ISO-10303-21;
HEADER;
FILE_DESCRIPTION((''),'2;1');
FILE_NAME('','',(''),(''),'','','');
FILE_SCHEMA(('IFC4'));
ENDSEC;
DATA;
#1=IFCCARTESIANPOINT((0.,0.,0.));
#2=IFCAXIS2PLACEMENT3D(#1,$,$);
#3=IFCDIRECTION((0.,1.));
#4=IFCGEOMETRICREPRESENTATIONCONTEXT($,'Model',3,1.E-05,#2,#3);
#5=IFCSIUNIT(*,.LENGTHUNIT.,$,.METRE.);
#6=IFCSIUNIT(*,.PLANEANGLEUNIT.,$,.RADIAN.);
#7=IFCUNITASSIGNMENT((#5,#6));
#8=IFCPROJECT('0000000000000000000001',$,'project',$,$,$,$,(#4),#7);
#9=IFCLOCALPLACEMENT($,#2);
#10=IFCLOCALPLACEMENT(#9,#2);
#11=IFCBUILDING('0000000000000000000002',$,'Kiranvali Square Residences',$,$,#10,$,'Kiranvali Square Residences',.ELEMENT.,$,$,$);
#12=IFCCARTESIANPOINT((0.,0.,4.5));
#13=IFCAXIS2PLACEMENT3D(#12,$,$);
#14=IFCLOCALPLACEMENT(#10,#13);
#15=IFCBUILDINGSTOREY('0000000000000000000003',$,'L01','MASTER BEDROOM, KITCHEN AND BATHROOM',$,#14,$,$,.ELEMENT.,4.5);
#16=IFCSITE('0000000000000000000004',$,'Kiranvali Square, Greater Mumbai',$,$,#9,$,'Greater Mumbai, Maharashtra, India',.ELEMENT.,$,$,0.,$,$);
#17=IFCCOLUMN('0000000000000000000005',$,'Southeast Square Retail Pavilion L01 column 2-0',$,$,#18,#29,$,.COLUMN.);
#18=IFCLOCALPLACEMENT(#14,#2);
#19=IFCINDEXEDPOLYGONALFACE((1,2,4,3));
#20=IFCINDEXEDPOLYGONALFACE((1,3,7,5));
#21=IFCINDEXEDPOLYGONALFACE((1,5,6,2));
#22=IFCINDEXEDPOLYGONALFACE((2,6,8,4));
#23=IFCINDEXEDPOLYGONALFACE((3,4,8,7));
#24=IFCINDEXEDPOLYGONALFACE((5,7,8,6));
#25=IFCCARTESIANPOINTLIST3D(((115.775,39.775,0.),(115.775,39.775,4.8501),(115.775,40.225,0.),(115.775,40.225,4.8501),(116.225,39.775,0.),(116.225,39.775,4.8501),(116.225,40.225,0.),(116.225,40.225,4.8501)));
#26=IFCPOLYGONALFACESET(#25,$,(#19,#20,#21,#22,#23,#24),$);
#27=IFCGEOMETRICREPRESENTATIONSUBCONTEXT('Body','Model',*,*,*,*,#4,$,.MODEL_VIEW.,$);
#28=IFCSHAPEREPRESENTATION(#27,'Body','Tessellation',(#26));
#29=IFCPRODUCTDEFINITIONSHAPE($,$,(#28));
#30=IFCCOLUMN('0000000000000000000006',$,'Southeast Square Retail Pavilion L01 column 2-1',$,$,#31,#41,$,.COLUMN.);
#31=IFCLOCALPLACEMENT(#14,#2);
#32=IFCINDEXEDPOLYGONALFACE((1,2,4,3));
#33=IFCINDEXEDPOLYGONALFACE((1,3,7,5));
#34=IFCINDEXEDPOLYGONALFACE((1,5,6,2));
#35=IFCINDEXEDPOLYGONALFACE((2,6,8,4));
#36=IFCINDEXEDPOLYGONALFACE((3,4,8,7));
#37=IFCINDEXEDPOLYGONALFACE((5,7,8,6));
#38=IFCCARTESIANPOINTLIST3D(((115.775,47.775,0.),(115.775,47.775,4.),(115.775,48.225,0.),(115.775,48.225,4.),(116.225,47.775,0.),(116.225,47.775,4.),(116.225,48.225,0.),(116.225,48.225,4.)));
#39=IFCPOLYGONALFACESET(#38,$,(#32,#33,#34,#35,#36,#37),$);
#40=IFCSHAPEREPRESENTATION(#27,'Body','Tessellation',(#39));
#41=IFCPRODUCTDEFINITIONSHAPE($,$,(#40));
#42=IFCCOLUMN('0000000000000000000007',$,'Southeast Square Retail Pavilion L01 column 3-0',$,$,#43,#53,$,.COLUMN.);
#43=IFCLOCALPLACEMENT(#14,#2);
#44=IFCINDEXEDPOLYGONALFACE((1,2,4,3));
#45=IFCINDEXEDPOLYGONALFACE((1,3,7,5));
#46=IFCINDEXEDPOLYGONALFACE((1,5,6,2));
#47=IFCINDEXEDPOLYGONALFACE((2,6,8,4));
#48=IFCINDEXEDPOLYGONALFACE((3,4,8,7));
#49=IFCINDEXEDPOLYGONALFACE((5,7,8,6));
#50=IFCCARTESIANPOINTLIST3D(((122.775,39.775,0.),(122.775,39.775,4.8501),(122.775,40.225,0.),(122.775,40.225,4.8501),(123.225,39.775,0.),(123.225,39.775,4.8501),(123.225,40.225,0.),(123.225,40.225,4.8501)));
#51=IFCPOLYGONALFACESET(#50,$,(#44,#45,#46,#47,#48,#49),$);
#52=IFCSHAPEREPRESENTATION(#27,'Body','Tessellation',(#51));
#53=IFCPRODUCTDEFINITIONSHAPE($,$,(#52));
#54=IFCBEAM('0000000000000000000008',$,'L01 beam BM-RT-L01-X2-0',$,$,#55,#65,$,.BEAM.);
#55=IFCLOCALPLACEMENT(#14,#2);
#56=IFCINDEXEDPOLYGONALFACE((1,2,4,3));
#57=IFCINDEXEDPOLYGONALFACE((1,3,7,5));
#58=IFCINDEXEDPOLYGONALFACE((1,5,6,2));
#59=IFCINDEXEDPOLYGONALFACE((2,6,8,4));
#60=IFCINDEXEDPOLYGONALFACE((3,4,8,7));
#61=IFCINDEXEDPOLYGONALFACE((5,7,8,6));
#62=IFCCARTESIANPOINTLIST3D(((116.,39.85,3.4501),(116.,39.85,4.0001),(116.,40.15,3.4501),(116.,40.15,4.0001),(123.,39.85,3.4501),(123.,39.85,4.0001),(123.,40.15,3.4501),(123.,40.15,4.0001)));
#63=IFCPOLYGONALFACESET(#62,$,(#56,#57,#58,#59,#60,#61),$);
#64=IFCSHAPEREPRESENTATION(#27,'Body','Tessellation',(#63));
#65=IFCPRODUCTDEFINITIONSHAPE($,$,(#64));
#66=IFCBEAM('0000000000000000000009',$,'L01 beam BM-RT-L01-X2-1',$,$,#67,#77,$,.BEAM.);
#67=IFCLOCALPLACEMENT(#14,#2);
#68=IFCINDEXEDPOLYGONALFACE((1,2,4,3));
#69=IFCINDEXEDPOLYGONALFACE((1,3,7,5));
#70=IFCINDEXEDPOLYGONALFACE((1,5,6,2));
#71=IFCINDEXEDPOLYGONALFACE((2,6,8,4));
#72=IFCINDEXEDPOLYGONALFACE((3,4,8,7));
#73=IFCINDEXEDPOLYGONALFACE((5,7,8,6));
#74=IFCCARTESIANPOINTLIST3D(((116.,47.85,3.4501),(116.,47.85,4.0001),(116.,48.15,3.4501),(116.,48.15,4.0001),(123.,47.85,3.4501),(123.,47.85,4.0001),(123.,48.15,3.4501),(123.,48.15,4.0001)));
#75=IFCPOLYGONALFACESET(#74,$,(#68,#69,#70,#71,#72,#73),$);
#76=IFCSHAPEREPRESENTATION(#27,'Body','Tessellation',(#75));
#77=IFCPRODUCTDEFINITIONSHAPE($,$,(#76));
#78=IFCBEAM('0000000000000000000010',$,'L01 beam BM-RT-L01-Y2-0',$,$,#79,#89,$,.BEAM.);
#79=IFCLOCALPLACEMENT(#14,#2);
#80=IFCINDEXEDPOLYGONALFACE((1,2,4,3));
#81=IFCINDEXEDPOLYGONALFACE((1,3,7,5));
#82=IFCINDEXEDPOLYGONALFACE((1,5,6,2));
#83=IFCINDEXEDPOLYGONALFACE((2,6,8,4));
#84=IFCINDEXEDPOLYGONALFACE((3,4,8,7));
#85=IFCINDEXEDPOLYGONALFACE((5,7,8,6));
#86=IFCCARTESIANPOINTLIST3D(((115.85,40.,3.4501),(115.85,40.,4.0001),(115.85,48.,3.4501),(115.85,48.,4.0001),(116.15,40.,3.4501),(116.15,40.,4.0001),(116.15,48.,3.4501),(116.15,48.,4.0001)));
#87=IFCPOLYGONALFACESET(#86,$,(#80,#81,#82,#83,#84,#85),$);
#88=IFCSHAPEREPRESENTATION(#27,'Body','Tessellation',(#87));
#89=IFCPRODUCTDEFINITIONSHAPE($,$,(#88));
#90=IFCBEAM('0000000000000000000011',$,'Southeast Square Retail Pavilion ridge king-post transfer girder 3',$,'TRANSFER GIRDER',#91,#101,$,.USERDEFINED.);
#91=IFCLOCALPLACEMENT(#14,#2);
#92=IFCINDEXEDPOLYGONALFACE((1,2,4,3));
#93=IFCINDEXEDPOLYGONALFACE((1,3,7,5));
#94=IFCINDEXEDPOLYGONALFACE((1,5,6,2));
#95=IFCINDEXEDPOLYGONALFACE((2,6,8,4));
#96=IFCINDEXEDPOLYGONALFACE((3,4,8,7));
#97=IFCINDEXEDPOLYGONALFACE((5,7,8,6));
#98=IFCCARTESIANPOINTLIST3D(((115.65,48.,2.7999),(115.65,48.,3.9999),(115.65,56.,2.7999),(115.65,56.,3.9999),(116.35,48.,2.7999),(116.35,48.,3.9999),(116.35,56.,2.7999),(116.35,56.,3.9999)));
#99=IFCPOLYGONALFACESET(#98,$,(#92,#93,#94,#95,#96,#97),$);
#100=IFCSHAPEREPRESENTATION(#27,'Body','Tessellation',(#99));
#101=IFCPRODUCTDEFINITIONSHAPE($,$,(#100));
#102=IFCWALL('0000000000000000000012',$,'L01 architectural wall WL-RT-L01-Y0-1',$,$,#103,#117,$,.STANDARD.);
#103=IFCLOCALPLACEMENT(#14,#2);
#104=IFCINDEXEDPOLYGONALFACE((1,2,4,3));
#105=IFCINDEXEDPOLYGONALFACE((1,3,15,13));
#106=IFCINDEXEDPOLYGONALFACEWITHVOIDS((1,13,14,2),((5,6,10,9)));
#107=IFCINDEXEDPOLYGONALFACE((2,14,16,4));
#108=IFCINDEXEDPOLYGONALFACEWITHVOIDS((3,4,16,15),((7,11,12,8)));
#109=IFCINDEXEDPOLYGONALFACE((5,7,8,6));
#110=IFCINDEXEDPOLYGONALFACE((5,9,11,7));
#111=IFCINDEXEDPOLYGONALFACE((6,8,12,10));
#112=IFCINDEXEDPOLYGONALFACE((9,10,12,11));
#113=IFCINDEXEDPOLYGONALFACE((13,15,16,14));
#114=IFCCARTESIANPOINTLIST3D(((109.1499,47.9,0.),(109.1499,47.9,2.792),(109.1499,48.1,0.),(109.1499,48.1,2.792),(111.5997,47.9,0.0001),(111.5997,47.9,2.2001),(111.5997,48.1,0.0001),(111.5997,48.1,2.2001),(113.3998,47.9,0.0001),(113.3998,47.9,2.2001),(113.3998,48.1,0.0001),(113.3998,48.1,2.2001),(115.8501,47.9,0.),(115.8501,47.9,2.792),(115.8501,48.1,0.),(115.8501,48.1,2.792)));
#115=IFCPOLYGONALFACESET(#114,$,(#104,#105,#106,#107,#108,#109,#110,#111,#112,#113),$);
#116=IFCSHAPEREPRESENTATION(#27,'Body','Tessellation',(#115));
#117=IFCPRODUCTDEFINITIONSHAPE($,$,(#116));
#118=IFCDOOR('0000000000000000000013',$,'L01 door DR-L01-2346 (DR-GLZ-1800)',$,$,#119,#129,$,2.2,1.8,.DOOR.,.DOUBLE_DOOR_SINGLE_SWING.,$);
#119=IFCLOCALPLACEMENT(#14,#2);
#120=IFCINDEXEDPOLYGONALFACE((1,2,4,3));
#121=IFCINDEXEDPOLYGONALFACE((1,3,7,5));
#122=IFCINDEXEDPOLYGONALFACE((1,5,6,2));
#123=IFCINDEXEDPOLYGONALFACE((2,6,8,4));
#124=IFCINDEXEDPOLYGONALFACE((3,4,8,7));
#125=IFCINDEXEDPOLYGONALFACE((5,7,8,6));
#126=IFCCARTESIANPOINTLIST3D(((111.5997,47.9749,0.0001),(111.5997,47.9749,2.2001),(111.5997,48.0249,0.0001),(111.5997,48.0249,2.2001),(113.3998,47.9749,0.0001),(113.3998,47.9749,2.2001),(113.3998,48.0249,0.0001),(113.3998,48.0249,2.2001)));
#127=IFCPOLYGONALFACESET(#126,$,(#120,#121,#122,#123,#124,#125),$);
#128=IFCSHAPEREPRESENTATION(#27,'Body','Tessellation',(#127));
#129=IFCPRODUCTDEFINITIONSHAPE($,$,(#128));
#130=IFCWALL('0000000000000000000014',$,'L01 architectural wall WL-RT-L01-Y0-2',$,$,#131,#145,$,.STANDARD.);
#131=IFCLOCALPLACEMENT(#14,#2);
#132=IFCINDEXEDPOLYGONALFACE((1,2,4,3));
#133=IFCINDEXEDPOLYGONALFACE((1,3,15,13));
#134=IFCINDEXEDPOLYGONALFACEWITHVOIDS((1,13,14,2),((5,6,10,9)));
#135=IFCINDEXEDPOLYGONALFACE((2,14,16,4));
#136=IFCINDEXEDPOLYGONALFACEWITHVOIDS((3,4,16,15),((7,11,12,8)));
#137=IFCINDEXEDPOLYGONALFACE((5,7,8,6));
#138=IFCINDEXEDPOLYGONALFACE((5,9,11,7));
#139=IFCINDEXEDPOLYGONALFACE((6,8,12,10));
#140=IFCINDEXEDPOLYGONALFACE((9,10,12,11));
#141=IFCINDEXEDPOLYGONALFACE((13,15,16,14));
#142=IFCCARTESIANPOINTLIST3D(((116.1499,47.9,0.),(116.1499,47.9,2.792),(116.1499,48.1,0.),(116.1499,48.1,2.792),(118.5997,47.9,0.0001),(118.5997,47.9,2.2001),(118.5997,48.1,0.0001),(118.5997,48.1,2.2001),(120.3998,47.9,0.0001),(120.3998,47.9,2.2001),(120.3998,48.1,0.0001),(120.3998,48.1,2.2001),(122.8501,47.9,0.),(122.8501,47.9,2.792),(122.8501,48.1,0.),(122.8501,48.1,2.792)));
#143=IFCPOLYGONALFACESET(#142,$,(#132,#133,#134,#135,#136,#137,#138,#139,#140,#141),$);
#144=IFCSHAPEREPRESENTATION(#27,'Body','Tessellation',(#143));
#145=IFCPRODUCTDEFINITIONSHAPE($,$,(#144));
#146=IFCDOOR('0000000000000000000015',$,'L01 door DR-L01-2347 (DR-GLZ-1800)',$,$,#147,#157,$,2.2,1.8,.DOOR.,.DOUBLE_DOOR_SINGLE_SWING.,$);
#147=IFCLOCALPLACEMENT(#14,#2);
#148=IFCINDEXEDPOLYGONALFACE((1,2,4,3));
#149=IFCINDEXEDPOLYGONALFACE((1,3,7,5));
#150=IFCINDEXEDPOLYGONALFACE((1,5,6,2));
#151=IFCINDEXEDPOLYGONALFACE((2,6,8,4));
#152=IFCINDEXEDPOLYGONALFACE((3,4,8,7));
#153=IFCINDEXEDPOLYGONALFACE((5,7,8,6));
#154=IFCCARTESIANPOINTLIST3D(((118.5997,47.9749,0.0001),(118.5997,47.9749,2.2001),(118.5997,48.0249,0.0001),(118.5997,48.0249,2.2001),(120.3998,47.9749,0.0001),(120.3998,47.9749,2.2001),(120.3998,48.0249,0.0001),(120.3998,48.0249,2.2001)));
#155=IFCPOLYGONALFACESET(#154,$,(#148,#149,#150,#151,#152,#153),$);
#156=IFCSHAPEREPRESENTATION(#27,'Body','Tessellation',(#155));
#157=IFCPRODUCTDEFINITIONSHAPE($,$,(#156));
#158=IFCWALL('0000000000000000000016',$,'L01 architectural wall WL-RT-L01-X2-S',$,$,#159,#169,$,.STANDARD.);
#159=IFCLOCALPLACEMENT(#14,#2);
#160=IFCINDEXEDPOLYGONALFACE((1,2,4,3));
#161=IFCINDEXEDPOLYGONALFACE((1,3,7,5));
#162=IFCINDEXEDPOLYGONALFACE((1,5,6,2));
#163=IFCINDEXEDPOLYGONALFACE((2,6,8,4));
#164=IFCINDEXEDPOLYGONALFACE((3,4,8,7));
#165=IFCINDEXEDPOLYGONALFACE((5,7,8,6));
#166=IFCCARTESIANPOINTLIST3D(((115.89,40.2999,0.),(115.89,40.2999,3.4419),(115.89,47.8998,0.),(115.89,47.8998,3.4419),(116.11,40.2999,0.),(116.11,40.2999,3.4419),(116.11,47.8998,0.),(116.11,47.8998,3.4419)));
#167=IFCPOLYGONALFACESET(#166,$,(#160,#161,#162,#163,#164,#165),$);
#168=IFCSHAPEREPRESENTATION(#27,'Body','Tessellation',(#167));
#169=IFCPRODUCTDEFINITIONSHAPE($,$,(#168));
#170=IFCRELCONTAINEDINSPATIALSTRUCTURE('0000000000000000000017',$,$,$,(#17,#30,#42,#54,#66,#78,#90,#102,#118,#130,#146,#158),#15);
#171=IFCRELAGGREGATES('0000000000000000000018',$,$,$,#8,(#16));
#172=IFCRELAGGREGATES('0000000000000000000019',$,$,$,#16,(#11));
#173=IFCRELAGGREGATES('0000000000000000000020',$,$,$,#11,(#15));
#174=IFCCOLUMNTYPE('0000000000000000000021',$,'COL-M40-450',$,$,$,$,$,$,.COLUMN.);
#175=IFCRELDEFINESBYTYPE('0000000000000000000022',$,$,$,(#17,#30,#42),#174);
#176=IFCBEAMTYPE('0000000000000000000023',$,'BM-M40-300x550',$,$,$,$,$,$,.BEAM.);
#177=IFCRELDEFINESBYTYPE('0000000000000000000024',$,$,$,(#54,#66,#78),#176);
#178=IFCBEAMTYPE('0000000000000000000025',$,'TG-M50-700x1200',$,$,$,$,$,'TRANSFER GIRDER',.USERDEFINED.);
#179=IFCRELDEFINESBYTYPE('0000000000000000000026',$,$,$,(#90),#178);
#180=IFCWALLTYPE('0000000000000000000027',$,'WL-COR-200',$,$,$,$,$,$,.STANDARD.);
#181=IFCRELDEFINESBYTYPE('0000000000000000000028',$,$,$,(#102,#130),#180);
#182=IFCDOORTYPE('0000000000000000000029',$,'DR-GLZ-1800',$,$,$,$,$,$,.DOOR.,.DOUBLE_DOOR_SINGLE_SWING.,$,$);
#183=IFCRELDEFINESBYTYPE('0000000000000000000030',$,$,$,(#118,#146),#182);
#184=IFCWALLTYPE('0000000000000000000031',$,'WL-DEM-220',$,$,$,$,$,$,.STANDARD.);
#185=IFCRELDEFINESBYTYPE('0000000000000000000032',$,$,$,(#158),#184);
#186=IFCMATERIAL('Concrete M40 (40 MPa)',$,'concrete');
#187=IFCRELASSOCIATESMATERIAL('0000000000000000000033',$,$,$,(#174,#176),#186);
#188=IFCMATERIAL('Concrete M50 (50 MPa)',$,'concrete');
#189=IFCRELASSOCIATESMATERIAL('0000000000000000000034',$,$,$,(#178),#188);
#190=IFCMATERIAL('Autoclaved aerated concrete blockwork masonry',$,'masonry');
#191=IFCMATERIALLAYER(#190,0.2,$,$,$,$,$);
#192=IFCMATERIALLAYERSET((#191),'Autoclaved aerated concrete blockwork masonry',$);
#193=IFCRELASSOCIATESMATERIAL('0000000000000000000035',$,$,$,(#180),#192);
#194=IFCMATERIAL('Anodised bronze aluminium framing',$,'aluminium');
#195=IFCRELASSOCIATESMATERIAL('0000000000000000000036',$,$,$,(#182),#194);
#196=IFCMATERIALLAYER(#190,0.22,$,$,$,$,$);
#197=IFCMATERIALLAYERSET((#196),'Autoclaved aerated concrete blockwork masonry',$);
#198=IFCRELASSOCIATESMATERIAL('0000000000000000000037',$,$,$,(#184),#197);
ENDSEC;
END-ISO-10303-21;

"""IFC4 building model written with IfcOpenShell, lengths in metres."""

from ifc_helpers import new_model, si_unit, direction, frame, frame_2d, origin, origin_2d, place, context, subcontext, project, spatial, rectangle, extrude, material, layer, layer_set, material_profile, profile_set, type_object, element, fill, save


model = new_model("IFC4")

# Units and contexts
model_context = context("Model", 3, precision=1e-05, world=origin(), true_north=direction((0.0, 1.0)))
body_context = subcontext(model_context, "Body", "Model", "MODEL_VIEW")
ifc_project = project(units=[si_unit("LENGTHUNIT", "METRE"), si_unit("PLANEANGLEUNIT", "RADIAN")], contexts=[model_context])

# Site, building, storey
site_placement = place(None, origin())
site = spatial("IfcSite", under=ifc_project, at=site_placement, Name="Kiranvali Square, Greater Mumbai", LongName="Greater Mumbai, Maharashtra, India", CompositionType="ELEMENT", RefElevation=0.0)
building_placement = place(site_placement, origin())
building = spatial("IfcBuilding", under=site, at=building_placement, Name="Kiranvali Square Residences", LongName="Kiranvali Square Residences", CompositionType="ELEMENT")
storey_placement = place(building_placement, frame((0.0, 0.0, 4.5)))
storey = spatial("IfcBuildingStorey", under=building, at=storey_placement, Name="L01", Description="MASTER BEDROOM, KITCHEN AND BATHROOM", CompositionType="ELEMENT", Elevation=4.5)

# Columns
ifc_material_1 = material(Name="Concrete M40 (40 MPa)", Category="concrete")
ifc_material_profile_1 = material_profile(ifc_material_1, rectangle(XDim=0.45, YDim=0.45, at=origin_2d()), Name="RC 450x450")
ifc_profile_set_1 = profile_set([ifc_material_profile_1], Name="Concrete M40 (40 MPa)")
column_type = type_object("IfcColumnType", Name="COL-M40-450", PredefinedType="COLUMN", material=ifc_profile_set_1)
column_1_placement = place(storey_placement, frame((116.0, 40.0, 0.0), z_axis=(0.0, 0.0, 1.0), x_axis=(1.0, 0.0, 0.0)))
element("IfcColumn", 1, at=column_1_placement, inside=storey, type_object=column_type, Name="Southeast Square Retail Pavilion L01 column 2-0", PredefinedType="COLUMN", context=body_context, shape_type="SweptSolid", body=[
    extrude(rectangle(XDim=0.45, YDim=0.45, at=origin_2d()), origin(), (0.0, 0.0, 1.0), 4.8501),
])
column_2_placement = place(storey_placement, frame((116.0, 48.0, 0.0), z_axis=(0.0, 0.0, 1.0), x_axis=(1.0, 0.0, 0.0)))
element("IfcColumn", 2, at=column_2_placement, inside=storey, type_object=column_type, Name="Southeast Square Retail Pavilion L01 column 2-1", PredefinedType="COLUMN", context=body_context, shape_type="SweptSolid", body=[
    extrude(rectangle(XDim=0.45, YDim=0.45, at=origin_2d()), origin(), (0.0, 0.0, 1.0), 4.0),
])
column_3_placement = place(storey_placement, frame((123.0, 40.0, 0.0), z_axis=(0.0, 0.0, 1.0), x_axis=(1.0, 0.0, 0.0)))
element("IfcColumn", 3, at=column_3_placement, inside=storey, type_object=column_type, Name="Southeast Square Retail Pavilion L01 column 3-0", PredefinedType="COLUMN", context=body_context, shape_type="SweptSolid", body=[
    extrude(rectangle(XDim=0.45, YDim=0.45, at=origin_2d()), origin(), (0.0, 0.0, 1.0), 4.8501),
])

# Beams
ifc_material_profile_2 = material_profile(ifc_material_1, rectangle(XDim=0.3, YDim=0.55, at=origin_2d()), Name="RC 300x550")
ifc_profile_set_2 = profile_set([ifc_material_profile_2], Name="Concrete M40 (40 MPa)")
beam_type_1 = type_object("IfcBeamType", Name="BM-M40-300x550", PredefinedType="BEAM", material=ifc_profile_set_2)
for number, where, z_axis, x_axis, name in (
    (4, (116.0, 40.0, 3.7251), (1.0, 0.0, 0.0), (0.0, 1.0, 0.0), "L01 beam BM-RT-L01-X2-0"),
    (5, (116.0, 48.0, 3.7251), (1.0, 0.0, 0.0), (0.0, 1.0, 0.0), "L01 beam BM-RT-L01-X2-1"),
):
    element("IfcBeam", number, at=place(storey_placement, frame(where, z_axis=z_axis, x_axis=x_axis)), inside=storey, type_object=beam_type_1, Name=name, PredefinedType="BEAM", context=body_context, shape_type="SweptSolid", body=[
        extrude(rectangle(XDim=0.3, YDim=0.55, at=origin_2d()), origin(), (0.0, 0.0, 1.0), 7.0),
    ])
beam_1_placement = place(storey_placement, frame((116.0, 40.0, 3.7251), z_axis=(0.0, 1.0, 0.0), x_axis=(-1.0, 0.0, 0.0)))
element("IfcBeam", 6, at=beam_1_placement, inside=storey, type_object=beam_type_1, Name="L01 beam BM-RT-L01-Y2-0", PredefinedType="BEAM", context=body_context, shape_type="SweptSolid", body=[
    extrude(rectangle(XDim=0.3, YDim=0.55, at=origin_2d()), origin(), (0.0, 0.0, 1.0), 8.0),
])
ifc_material_2 = material(Name="Concrete M50 (50 MPa)", Category="concrete")
ifc_material_profile_3 = material_profile(ifc_material_2, rectangle(XDim=0.7, YDim=1.2, at=origin_2d()), Name="RC 700x1200")
ifc_profile_set_3 = profile_set([ifc_material_profile_3], Name="Concrete M50 (50 MPa)")
beam_type_2 = type_object("IfcBeamType", Name="TG-M50-700x1200", ElementType="TRANSFER GIRDER", PredefinedType="USERDEFINED", material=ifc_profile_set_3)
beam_2_placement = place(storey_placement, frame((116.0, 48.0, 3.3999), z_axis=(0.0, 1.0, 0.0), x_axis=(-1.0, 0.0, 0.0)))
element("IfcBeam", 7, at=beam_2_placement, inside=storey, type_object=beam_type_2, Name="Southeast Square Retail Pavilion ridge king-post transfer girder 3", ObjectType="TRANSFER GIRDER", PredefinedType="USERDEFINED", context=body_context, shape_type="SweptSolid", body=[
    extrude(rectangle(XDim=0.7, YDim=1.2, at=origin_2d()), origin(), (0.0, 0.0, 1.0), 8.0),
])

# Walls, openings, doors
ifc_material_3 = material(Name="Autoclaved aerated concrete blockwork masonry", Category="masonry")
ifc_layer_1 = layer(ifc_material_3, 0.2)
ifc_layer_set_1 = layer_set([ifc_layer_1], Name="Autoclaved aerated concrete blockwork masonry")
wall_type_1 = type_object("IfcWallType", Name="WL-COR-200", PredefinedType="STANDARD", material=ifc_layer_set_1)
wall_1_placement = place(storey_placement, frame((109.1499, 48.0, 0.0), z_axis=(0.0, 0.0, 1.0), x_axis=(1.0, 0.0, 0.0)))
wall_1 = element("IfcWall", 8, at=wall_1_placement, inside=storey, type_object=wall_type_1, Name="L01 architectural wall WL-RT-L01-Y0-1", PredefinedType="STANDARD", context=body_context, shape_type="SweptSolid", body=[
    extrude(rectangle(XDim=6.7002, YDim=0.2, at=frame_2d((3.3501, 0.0))), origin(), (0.0, 0.0, 1.0), 2.792),
])
opening_1_placement = place(wall_1_placement, frame((2.45, 0.0, 0.0)))
opening_1 = element("IfcOpeningElement", 9, at=opening_1_placement, cuts=wall_1, PredefinedType="OPENING", context=body_context, shape_type="SweptSolid", body=[
    extrude(rectangle(XDim=1.8, YDim=2.2, at=frame_2d((0.8999, 1.1001))), frame((0.0, 0.1099, 0.0), z_axis=(0.0, -1.0, 0.0), x_axis=(1.0, 0.0, 0.0)), (0.0, 0.0, 1.0), 0.22),
])
ifc_material_4 = material(Name="Anodised bronze aluminium framing", Category="aluminium")
door_type = type_object("IfcDoorType", Name="DR-GLZ-1800", OperationType="DOUBLE_DOOR_SINGLE_SWING", PredefinedType="DOOR", material=ifc_material_4)
door_1_placement = place(opening_1_placement, origin())
door_1 = element("IfcDoor", 10, at=door_1_placement, inside=storey, type_object=door_type, Name="L01 door DR-L01-2346 (DR-GLZ-1800)", OperationType="DOUBLE_DOOR_SINGLE_SWING", OverallHeight=2.2, OverallWidth=1.8, PredefinedType="DOOR", context=body_context, shape_type="SweptSolid", body=[
    extrude(rectangle(XDim=1.8, YDim=2.2, at=frame_2d((0.8999, 1.1001))), frame((0.0, 0.0249, 0.0), z_axis=(0.0, -1.0, 0.0), x_axis=(1.0, 0.0, 0.0)), (0.0, 0.0, 1.0), 0.05),
])
fill(opening_1, door_1)
wall_2_placement = place(storey_placement, frame((116.1499, 48.0, 0.0), z_axis=(0.0, 0.0, 1.0), x_axis=(1.0, 0.0, 0.0)))
wall_2 = element("IfcWall", 11, at=wall_2_placement, inside=storey, type_object=wall_type_1, Name="L01 architectural wall WL-RT-L01-Y0-2", PredefinedType="STANDARD", context=body_context, shape_type="SweptSolid", body=[
    extrude(rectangle(XDim=6.7002, YDim=0.2, at=frame_2d((3.3501, 0.0))), origin(), (0.0, 0.0, 1.0), 2.792),
])
opening_2_placement = place(wall_2_placement, frame((2.45, 0.0, 0.0)))
opening_2 = element("IfcOpeningElement", 12, at=opening_2_placement, cuts=wall_2, PredefinedType="OPENING", context=body_context, shape_type="SweptSolid", body=[
    extrude(rectangle(XDim=1.8, YDim=2.2, at=frame_2d((0.8999, 1.1001))), frame((0.0, 0.1099, 0.0), z_axis=(0.0, -1.0, 0.0), x_axis=(1.0, 0.0, 0.0)), (0.0, 0.0, 1.0), 0.22),
])
door_2_placement = place(opening_2_placement, origin())
door_2 = element("IfcDoor", 13, at=door_2_placement, inside=storey, type_object=door_type, Name="L01 door DR-L01-2347 (DR-GLZ-1800)", OperationType="DOUBLE_DOOR_SINGLE_SWING", OverallHeight=2.2, OverallWidth=1.8, PredefinedType="DOOR", context=body_context, shape_type="SweptSolid", body=[
    extrude(rectangle(XDim=1.8, YDim=2.2, at=frame_2d((0.8999, 1.1001))), frame((0.0, 0.0249, 0.0), z_axis=(0.0, -1.0, 0.0), x_axis=(1.0, 0.0, 0.0)), (0.0, 0.0, 1.0), 0.05),
])
fill(opening_2, door_2)

# Wall
ifc_layer_2 = layer(ifc_material_3, 0.22)
ifc_layer_set_2 = layer_set([ifc_layer_2], Name="Autoclaved aerated concrete blockwork masonry")
wall_type_2 = type_object("IfcWallType", Name="WL-DEM-220", PredefinedType="STANDARD", material=ifc_layer_set_2)
wall_3_placement = place(storey_placement, frame((116.0, 40.3, 0.0), z_axis=(0.0, 0.0, 1.0), x_axis=(0.0, 1.0, 0.0)))
element("IfcWall", 14, at=wall_3_placement, inside=storey, type_object=wall_type_2, Name="L01 architectural wall WL-RT-L01-X2-S", PredefinedType="STANDARD", context=body_context, shape_type="SweptSolid", body=[
    extrude(rectangle(XDim=7.5999, YDim=0.22, at=frame_2d((3.7998, 0.0))), origin(), (0.0, 0.0, 1.0), 3.4419),
])

save(model, "model.ifc")
